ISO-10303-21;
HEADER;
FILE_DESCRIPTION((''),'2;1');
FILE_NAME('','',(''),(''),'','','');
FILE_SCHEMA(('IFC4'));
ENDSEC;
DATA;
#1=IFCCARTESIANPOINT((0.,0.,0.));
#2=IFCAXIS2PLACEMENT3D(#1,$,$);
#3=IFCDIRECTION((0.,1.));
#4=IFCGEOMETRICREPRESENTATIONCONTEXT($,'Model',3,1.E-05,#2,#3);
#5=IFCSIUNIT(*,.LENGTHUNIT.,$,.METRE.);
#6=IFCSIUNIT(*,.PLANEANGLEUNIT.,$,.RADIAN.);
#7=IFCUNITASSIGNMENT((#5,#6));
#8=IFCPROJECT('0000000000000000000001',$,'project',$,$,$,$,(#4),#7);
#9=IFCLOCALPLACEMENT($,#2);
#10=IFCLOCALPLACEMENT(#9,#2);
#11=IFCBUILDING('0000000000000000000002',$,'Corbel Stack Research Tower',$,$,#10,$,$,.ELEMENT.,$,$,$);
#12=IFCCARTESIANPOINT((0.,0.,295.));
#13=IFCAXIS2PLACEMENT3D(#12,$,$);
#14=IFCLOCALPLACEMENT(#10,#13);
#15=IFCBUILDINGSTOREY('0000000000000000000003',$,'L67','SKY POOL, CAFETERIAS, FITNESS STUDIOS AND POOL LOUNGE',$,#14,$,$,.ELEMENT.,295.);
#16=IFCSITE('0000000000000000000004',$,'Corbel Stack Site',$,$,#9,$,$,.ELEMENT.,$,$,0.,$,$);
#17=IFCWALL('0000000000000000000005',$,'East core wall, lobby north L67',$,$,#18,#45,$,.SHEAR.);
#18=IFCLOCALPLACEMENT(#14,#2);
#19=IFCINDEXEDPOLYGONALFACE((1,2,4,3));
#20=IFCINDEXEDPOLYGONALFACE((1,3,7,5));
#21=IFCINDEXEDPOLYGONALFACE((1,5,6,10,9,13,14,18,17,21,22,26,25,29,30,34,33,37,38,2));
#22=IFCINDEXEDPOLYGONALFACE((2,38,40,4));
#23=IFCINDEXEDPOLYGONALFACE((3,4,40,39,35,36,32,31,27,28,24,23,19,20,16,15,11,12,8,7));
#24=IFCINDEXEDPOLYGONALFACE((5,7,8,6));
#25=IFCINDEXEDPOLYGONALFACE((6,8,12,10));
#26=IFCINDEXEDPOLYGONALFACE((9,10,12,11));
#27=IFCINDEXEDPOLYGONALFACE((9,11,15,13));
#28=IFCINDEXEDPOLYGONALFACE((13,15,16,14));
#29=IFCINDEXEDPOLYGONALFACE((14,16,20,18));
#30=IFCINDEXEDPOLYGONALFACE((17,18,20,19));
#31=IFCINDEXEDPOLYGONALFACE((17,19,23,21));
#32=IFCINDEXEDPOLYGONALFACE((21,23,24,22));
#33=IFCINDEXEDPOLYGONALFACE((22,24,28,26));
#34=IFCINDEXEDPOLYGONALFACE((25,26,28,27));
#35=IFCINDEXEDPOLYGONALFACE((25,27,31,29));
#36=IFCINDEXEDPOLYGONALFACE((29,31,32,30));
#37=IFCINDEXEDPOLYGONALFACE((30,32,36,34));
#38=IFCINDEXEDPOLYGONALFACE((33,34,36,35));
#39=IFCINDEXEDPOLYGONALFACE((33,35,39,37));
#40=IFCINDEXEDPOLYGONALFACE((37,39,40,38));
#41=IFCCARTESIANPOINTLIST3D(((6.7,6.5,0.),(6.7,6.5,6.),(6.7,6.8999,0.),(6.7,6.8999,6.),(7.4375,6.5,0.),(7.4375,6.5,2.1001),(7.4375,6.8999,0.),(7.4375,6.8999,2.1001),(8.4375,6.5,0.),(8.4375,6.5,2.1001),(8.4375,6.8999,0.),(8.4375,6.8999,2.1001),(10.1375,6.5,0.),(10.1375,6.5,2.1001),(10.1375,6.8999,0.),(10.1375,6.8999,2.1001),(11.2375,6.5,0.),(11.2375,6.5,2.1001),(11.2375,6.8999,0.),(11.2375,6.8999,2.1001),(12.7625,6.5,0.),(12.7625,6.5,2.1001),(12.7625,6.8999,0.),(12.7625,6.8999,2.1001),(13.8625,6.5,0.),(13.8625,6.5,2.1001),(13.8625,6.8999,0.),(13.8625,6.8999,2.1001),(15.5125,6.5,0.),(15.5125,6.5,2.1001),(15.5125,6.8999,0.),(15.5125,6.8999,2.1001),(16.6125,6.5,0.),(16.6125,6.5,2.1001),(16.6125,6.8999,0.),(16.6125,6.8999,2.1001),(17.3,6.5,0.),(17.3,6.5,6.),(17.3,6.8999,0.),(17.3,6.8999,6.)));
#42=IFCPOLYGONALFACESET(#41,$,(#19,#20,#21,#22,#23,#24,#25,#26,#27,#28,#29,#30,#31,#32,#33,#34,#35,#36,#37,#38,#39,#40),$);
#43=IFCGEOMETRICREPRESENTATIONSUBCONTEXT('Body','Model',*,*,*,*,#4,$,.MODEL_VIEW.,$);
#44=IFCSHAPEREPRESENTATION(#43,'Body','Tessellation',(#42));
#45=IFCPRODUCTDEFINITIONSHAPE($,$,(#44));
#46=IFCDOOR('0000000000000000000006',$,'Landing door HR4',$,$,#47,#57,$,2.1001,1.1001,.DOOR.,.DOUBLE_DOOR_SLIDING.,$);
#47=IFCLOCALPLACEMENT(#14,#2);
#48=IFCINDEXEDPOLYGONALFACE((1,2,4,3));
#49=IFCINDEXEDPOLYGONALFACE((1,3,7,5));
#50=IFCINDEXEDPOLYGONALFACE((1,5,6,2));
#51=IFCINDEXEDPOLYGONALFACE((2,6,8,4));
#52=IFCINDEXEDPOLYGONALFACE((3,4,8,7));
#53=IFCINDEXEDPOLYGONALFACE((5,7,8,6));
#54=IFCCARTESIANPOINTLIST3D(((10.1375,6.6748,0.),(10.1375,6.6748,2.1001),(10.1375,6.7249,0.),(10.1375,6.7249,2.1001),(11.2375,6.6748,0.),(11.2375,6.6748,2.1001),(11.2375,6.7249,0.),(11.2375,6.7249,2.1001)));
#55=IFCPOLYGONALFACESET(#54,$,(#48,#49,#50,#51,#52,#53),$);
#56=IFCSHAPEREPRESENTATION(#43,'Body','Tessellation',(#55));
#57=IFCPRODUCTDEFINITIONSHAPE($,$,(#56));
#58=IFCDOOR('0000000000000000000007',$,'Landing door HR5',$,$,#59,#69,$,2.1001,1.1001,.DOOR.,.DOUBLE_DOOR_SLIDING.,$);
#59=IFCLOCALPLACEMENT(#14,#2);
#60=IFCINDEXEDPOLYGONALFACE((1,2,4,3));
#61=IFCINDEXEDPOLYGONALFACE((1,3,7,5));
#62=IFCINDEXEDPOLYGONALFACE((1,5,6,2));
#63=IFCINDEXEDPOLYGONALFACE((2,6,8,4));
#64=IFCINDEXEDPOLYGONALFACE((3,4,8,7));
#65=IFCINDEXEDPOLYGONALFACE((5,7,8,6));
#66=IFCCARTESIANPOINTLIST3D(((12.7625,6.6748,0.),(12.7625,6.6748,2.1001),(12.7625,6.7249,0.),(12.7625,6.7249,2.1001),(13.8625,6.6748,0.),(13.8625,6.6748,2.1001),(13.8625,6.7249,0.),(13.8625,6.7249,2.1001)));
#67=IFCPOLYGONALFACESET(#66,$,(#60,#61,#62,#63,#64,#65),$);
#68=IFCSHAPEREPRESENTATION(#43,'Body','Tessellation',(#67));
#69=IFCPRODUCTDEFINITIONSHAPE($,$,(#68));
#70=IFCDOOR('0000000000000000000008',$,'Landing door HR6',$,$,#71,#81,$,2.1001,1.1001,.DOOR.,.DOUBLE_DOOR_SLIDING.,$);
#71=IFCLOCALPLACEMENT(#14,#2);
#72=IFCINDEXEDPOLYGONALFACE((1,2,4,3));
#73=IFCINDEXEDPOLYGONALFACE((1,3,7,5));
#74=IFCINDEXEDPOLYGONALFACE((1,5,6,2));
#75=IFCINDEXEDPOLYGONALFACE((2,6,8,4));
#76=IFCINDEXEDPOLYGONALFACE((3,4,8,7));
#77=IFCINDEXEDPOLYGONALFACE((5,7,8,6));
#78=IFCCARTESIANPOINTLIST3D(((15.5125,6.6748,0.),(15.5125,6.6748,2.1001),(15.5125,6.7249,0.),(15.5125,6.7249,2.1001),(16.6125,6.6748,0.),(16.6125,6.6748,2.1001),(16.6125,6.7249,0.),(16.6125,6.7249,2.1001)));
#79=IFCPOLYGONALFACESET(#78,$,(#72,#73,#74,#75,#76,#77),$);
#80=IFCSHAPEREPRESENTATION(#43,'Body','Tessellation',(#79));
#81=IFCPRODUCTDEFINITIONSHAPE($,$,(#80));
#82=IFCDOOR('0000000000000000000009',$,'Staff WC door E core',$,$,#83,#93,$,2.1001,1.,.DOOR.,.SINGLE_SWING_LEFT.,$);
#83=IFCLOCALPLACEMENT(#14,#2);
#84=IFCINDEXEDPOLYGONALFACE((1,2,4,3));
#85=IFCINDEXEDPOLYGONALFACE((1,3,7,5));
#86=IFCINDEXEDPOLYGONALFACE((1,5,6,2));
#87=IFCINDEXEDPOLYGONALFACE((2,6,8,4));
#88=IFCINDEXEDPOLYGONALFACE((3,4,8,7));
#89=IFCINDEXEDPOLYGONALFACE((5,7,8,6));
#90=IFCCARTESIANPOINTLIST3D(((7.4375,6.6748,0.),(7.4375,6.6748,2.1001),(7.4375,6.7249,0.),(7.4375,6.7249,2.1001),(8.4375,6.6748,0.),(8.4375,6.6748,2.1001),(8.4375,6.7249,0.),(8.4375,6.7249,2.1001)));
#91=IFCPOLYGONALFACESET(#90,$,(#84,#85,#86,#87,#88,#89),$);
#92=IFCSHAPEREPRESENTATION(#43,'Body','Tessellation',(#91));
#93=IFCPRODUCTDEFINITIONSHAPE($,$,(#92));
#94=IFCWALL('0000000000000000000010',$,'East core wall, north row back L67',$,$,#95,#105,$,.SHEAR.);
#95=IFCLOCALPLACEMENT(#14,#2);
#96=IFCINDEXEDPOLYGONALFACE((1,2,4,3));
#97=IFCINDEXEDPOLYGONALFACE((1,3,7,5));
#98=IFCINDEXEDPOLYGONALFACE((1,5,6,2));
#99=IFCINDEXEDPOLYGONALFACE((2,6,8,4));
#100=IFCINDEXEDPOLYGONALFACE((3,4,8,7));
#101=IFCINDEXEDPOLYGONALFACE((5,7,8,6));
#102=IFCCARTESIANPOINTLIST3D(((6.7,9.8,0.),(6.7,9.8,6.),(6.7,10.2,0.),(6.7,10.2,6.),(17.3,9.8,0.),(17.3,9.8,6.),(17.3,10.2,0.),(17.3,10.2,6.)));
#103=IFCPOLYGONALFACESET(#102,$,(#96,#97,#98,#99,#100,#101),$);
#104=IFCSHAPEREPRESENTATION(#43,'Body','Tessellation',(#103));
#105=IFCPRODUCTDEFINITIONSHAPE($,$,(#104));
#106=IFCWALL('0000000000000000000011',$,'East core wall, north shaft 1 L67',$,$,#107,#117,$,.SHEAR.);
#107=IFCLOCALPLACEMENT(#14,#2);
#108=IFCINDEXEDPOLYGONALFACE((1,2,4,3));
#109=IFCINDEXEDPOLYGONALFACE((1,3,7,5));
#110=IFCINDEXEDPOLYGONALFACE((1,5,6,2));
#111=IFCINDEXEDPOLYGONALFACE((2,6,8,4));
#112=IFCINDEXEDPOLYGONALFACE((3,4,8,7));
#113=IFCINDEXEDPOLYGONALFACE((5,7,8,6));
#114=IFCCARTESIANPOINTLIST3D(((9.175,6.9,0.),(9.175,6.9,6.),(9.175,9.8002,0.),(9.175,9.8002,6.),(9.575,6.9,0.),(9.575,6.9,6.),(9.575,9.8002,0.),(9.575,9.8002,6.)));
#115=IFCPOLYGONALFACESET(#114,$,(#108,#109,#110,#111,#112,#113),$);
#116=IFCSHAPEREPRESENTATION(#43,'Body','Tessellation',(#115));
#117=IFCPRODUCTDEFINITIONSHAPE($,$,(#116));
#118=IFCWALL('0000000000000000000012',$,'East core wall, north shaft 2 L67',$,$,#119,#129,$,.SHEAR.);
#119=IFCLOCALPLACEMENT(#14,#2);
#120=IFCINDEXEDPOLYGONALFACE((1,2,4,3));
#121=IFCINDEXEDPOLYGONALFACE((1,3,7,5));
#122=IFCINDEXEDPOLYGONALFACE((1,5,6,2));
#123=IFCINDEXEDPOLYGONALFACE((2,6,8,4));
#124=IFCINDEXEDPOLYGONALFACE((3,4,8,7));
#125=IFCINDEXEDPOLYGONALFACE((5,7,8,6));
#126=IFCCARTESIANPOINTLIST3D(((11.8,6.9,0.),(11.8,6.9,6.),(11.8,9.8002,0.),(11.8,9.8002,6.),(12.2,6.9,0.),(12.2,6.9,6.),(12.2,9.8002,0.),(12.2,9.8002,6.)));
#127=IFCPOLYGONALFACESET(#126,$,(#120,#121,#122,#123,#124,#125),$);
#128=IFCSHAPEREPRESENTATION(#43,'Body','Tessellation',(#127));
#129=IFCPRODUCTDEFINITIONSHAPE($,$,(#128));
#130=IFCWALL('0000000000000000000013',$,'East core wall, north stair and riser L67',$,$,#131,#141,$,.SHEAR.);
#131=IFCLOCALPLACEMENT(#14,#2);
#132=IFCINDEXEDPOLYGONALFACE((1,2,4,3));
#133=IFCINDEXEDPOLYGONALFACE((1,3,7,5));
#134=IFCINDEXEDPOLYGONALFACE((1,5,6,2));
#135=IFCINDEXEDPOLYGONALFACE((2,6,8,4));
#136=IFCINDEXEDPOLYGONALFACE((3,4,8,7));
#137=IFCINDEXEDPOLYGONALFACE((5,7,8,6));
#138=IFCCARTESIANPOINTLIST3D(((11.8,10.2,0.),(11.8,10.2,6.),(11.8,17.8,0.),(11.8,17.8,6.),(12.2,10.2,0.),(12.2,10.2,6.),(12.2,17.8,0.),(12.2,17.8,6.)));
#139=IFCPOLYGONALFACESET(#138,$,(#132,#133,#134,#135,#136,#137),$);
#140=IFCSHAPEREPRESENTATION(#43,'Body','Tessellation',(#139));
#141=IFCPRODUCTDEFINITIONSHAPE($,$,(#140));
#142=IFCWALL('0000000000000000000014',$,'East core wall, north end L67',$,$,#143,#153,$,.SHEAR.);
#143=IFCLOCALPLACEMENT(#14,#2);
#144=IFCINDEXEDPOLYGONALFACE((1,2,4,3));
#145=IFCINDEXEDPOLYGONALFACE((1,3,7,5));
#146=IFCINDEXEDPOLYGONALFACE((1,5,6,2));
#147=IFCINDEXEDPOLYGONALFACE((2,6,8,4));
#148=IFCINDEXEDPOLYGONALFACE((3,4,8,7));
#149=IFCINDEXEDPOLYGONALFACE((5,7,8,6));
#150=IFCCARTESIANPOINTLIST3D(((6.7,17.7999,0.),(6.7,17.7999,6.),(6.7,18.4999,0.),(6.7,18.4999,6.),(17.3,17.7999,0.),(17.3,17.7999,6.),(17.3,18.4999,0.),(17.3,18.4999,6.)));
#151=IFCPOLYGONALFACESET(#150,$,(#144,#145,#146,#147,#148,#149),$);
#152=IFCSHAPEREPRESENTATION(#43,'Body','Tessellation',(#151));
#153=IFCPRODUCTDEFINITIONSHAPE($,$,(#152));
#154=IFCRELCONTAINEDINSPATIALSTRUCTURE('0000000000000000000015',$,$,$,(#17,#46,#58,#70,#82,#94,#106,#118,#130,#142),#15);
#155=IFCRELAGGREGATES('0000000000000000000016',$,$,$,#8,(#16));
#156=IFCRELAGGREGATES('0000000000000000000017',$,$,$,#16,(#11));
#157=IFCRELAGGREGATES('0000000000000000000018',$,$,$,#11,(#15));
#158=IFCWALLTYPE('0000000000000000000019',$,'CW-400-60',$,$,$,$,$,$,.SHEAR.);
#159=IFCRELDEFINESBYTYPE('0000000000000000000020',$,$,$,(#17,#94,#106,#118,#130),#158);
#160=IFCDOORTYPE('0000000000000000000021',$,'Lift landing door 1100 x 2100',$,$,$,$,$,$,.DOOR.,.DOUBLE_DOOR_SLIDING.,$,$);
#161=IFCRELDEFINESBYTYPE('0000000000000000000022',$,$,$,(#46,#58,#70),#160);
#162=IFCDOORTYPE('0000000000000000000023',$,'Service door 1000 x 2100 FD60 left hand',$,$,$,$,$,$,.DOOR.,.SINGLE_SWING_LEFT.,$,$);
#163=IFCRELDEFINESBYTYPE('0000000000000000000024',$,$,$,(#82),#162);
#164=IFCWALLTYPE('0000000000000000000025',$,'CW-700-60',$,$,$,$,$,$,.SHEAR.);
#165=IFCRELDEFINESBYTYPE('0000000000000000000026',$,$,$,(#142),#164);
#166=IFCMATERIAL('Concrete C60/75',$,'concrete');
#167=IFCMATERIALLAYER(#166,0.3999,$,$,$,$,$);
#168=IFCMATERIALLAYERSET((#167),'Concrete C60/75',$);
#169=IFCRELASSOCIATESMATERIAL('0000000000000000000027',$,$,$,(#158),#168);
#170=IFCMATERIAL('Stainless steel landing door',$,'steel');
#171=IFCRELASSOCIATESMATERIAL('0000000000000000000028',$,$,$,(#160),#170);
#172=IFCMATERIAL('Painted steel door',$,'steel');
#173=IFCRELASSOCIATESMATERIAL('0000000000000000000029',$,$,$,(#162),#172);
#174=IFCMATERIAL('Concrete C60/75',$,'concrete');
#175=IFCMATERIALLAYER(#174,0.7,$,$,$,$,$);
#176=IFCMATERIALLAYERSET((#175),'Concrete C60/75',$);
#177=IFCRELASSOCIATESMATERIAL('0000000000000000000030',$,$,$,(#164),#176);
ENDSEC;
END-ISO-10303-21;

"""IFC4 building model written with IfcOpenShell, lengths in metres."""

from ifc_helpers import new_model, si_unit, direction, frame, frame_2d, origin, place, context, subcontext, project, spatial, rectangle, extrude, material, layer, layer_set, type_object, element, fill, save


model = new_model("IFC4")

# Units and contexts
model_context = context("Model", 3, precision=1e-05, world=origin(), true_north=direction((0.0, 1.0)))
body_context = subcontext(model_context, "Body", "Model", "MODEL_VIEW")
ifc_project = project(units=[si_unit("LENGTHUNIT", "METRE"), si_unit("PLANEANGLEUNIT", "RADIAN")], contexts=[model_context])

# Site, building, storey
site_placement = place(None, origin())
site = spatial("IfcSite", under=ifc_project, at=site_placement, Name="Corbel Stack Site", CompositionType="ELEMENT", RefElevation=0.0)
building_placement = place(site_placement, origin())
building = spatial("IfcBuilding", under=site, at=building_placement, Name="Corbel Stack Research Tower", CompositionType="ELEMENT")
storey_placement = place(building_placement, frame((0.0, 0.0, 295.0)))
storey = spatial("IfcBuildingStorey", under=building, at=storey_placement, Name="L67", Description="SKY POOL, CAFETERIAS, FITNESS STUDIOS AND POOL LOUNGE", CompositionType="ELEMENT", Elevation=295.0)

# Wall, openings, doors
ifc_material_1 = material(Name="Concrete C60/75", Category="concrete")
ifc_layer_1 = layer(ifc_material_1, 0.3999)
ifc_layer_set_1 = layer_set([ifc_layer_1], Name="Concrete C60/75")
wall_type_1 = type_object("IfcWallType", Name="CW-400-60", PredefinedType="SHEAR", material=ifc_layer_set_1)
wall_1_placement = place(storey_placement, frame((6.7, 6.7, 0.0), z_axis=(0.0, 0.0, 1.0), x_axis=(1.0, 0.0, 0.0)))
wall_1 = element("IfcWall", 1, at=wall_1_placement, inside=storey, type_object=wall_type_1, Name="East core wall, lobby north L67", PredefinedType="SHEAR", context=body_context, shape_type="SweptSolid", body=[
    extrude(rectangle(XDim=10.6001, YDim=0.3999, at=frame_2d((5.3, 0.0))), origin(), (0.0, 0.0, 1.0), 6.0),
])
opening_1_placement = place(wall_1_placement, frame((3.4375, 0.0, 0.0)))
opening_1 = element("IfcOpeningElement", 2, at=opening_1_placement, cuts=wall_1, PredefinedType="OPENING", context=body_context, shape_type="SweptSolid", body=[
    extrude(rectangle(XDim=1.1001, YDim=2.1001, at=frame_2d((0.55, 1.05))), frame((0.0, 0.21, 0.0), z_axis=(0.0, -1.0, 0.0), x_axis=(1.0, 0.0, 0.0)), (0.0, 0.0, 1.0), 0.4199),
])
opening_2_placement = place(wall_1_placement, frame((6.0625, 0.0, 0.0)))
opening_2 = element("IfcOpeningElement", 3, at=opening_2_placement, cuts=wall_1, PredefinedType="OPENING", context=body_context, shape_type="SweptSolid", body=[
    extrude(rectangle(XDim=1.1001, YDim=2.1001, at=frame_2d((0.55, 1.05))), frame((0.0, 0.21, 0.0), z_axis=(0.0, -1.0, 0.0), x_axis=(1.0, 0.0, 0.0)), (0.0, 0.0, 1.0), 0.4199),
])
opening_3_placement = place(wall_1_placement, frame((8.8125, 0.0, 0.0)))
opening_3 = element("IfcOpeningElement", 4, at=opening_3_placement, cuts=wall_1, PredefinedType="OPENING", context=body_context, shape_type="SweptSolid", body=[
    extrude(rectangle(XDim=1.1001, YDim=2.1001, at=frame_2d((0.55, 1.05))), frame((0.0, 0.21, 0.0), z_axis=(0.0, -1.0, 0.0), x_axis=(1.0, 0.0, 0.0)), (0.0, 0.0, 1.0), 0.4199),
])
opening_4_placement = place(wall_1_placement, frame((0.7375, 0.0, 0.0)))
opening_4 = element("IfcOpeningElement", 5, at=opening_4_placement, cuts=wall_1, PredefinedType="OPENING", context=body_context, shape_type="SweptSolid", body=[
    extrude(rectangle(XDim=1.0, YDim=2.1001, at=frame_2d((0.5, 1.05))), frame((0.0, 0.21, 0.0), z_axis=(0.0, -1.0, 0.0), x_axis=(1.0, 0.0, 0.0)), (0.0, 0.0, 1.0), 0.4199),
])
ifc_material_2 = material(Name="Stainless steel landing door", Category="steel")
door_type_1 = type_object("IfcDoorType", Name="Lift landing door 1100 x 2100", OperationType="DOUBLE_DOOR_SLIDING", PredefinedType="DOOR", material=ifc_material_2)
door_1_placement = place(opening_1_placement, origin())
door_1 = element("IfcDoor", 6, at=door_1_placement, inside=storey, type_object=door_type_1, Name="Landing door HR4", OperationType="DOUBLE_DOOR_SLIDING", OverallHeight=2.1001, OverallWidth=1.1001, PredefinedType="DOOR", context=body_context, shape_type="SweptSolid", body=[
    extrude(rectangle(XDim=1.1001, YDim=2.1001, at=frame_2d((0.55, 1.05))), frame((0.0, 0.0249, 0.0), z_axis=(0.0, -1.0, 0.0), x_axis=(1.0, 0.0, 0.0)), (0.0, 0.0, 1.0), 0.05),
])
fill(opening_1, door_1)
door_2_placement = place(opening_2_placement, origin())
door_2 = element("IfcDoor", 7, at=door_2_placement, inside=storey, type_object=door_type_1, Name="Landing door HR5", OperationType="DOUBLE_DOOR_SLIDING", OverallHeight=2.1001, OverallWidth=1.1001, PredefinedType="DOOR", context=body_context, shape_type="SweptSolid", body=[
    extrude(rectangle(XDim=1.1001, YDim=2.1001, at=frame_2d((0.55, 1.05))), frame((0.0, 0.0249, 0.0), z_axis=(0.0, -1.0, 0.0), x_axis=(1.0, 0.0, 0.0)), (0.0, 0.0, 1.0), 0.05),
])
fill(opening_2, door_2)
door_3_placement = place(opening_3_placement, origin())
door_3 = element("IfcDoor", 8, at=door_3_placement, inside=storey, type_object=door_type_1, Name="Landing door HR6", OperationType="DOUBLE_DOOR_SLIDING", OverallHeight=2.1001, OverallWidth=1.1001, PredefinedType="DOOR", context=body_context, shape_type="SweptSolid", body=[
    extrude(rectangle(XDim=1.1001, YDim=2.1001, at=frame_2d((0.55, 1.05))), frame((0.0, 0.0249, 0.0), z_axis=(0.0, -1.0, 0.0), x_axis=(1.0, 0.0, 0.0)), (0.0, 0.0, 1.0), 0.05),
])
fill(opening_3, door_3)
ifc_material_3 = material(Name="Painted steel door", Category="steel")
door_type_2 = type_object("IfcDoorType", Name="Service door 1000 x 2100 FD60 left hand", OperationType="SINGLE_SWING_LEFT", PredefinedType="DOOR", material=ifc_material_3)
door_4_placement = place(opening_4_placement, origin())
door_4 = element("IfcDoor", 9, at=door_4_placement, inside=storey, type_object=door_type_2, Name="Staff WC door E core", OperationType="SINGLE_SWING_LEFT", OverallHeight=2.1001, OverallWidth=1.0, PredefinedType="DOOR", context=body_context, shape_type="SweptSolid", body=[
    extrude(rectangle(XDim=1.0, YDim=2.1001, at=frame_2d((0.5, 1.05))), frame((0.0, 0.0249, 0.0), z_axis=(0.0, -1.0, 0.0), x_axis=(1.0, 0.0, 0.0)), (0.0, 0.0, 1.0), 0.05),
])
fill(opening_4, door_4)

# Walls
wall_2_placement = place(storey_placement, frame((6.7, 10.0, 0.0), z_axis=(0.0, 0.0, 1.0), x_axis=(1.0, 0.0, 0.0)))
element("IfcWall", 10, at=wall_2_placement, inside=storey, type_object=wall_type_1, Name="East core wall, north row back L67", PredefinedType="SHEAR", context=body_context, shape_type="SweptSolid", body=[
    extrude(rectangle(XDim=10.6001, YDim=0.3999, at=frame_2d((5.3, 0.0))), origin(), (0.0, 0.0, 1.0), 6.0),
])
for number, where, z_axis, x_axis, name in (
    (11, (9.375, 6.8999, 0.0), (0.0, 0.0, 1.0), (0.0, 1.0, 0.0), "East core wall, north shaft 1 L67"),
    (12, (12.0, 6.8999, 0.0), (0.0, 0.0, 1.0), (0.0, 1.0, 0.0), "East core wall, north shaft 2 L67"),
):
    element("IfcWall", number, at=place(storey_placement, frame(where, z_axis=z_axis, x_axis=x_axis)), inside=storey, type_object=wall_type_1, Name=name, PredefinedType="SHEAR", context=body_context, shape_type="SweptSolid", body=[
        extrude(rectangle(XDim=2.9001, YDim=0.3999, at=frame_2d((1.4502, 0.0))), origin(), (0.0, 0.0, 1.0), 6.0),
    ])
wall_3_placement = place(storey_placement, frame((12.0, 10.2, 0.0), z_axis=(0.0, 0.0, 1.0), x_axis=(0.0, 1.0, 0.0)))
element("IfcWall", 13, at=wall_3_placement, inside=storey, type_object=wall_type_1, Name="East core wall, north stair and riser L67", PredefinedType="SHEAR", context=body_context, shape_type="SweptSolid", body=[
    extrude(rectangle(XDim=7.6001, YDim=0.3999, at=frame_2d((3.8, 0.0))), origin(), (0.0, 0.0, 1.0), 6.0),
])
ifc_material_4 = material(Name="Concrete C60/75", Category="concrete")
ifc_layer_2 = layer(ifc_material_4, 0.7)
ifc_layer_set_2 = layer_set([ifc_layer_2], Name="Concrete C60/75")
wall_type_2 = type_object("IfcWallType", Name="CW-700-60", PredefinedType="SHEAR", material=ifc_layer_set_2)
wall_4_placement = place(storey_placement, frame((6.7, 18.1499, 0.0), z_axis=(0.0, 0.0, 1.0), x_axis=(1.0, 0.0, 0.0)))
element("IfcWall", 14, at=wall_4_placement, inside=storey, type_object=wall_type_2, Name="East core wall, north end L67", PredefinedType="SHEAR", context=body_context, shape_type="SweptSolid", body=[
    extrude(rectangle(XDim=10.6001, YDim=0.7, at=frame_2d((5.3, 0.0))), origin(), (0.0, 0.0, 1.0), 6.0),
])

save(model, "model.ifc")
